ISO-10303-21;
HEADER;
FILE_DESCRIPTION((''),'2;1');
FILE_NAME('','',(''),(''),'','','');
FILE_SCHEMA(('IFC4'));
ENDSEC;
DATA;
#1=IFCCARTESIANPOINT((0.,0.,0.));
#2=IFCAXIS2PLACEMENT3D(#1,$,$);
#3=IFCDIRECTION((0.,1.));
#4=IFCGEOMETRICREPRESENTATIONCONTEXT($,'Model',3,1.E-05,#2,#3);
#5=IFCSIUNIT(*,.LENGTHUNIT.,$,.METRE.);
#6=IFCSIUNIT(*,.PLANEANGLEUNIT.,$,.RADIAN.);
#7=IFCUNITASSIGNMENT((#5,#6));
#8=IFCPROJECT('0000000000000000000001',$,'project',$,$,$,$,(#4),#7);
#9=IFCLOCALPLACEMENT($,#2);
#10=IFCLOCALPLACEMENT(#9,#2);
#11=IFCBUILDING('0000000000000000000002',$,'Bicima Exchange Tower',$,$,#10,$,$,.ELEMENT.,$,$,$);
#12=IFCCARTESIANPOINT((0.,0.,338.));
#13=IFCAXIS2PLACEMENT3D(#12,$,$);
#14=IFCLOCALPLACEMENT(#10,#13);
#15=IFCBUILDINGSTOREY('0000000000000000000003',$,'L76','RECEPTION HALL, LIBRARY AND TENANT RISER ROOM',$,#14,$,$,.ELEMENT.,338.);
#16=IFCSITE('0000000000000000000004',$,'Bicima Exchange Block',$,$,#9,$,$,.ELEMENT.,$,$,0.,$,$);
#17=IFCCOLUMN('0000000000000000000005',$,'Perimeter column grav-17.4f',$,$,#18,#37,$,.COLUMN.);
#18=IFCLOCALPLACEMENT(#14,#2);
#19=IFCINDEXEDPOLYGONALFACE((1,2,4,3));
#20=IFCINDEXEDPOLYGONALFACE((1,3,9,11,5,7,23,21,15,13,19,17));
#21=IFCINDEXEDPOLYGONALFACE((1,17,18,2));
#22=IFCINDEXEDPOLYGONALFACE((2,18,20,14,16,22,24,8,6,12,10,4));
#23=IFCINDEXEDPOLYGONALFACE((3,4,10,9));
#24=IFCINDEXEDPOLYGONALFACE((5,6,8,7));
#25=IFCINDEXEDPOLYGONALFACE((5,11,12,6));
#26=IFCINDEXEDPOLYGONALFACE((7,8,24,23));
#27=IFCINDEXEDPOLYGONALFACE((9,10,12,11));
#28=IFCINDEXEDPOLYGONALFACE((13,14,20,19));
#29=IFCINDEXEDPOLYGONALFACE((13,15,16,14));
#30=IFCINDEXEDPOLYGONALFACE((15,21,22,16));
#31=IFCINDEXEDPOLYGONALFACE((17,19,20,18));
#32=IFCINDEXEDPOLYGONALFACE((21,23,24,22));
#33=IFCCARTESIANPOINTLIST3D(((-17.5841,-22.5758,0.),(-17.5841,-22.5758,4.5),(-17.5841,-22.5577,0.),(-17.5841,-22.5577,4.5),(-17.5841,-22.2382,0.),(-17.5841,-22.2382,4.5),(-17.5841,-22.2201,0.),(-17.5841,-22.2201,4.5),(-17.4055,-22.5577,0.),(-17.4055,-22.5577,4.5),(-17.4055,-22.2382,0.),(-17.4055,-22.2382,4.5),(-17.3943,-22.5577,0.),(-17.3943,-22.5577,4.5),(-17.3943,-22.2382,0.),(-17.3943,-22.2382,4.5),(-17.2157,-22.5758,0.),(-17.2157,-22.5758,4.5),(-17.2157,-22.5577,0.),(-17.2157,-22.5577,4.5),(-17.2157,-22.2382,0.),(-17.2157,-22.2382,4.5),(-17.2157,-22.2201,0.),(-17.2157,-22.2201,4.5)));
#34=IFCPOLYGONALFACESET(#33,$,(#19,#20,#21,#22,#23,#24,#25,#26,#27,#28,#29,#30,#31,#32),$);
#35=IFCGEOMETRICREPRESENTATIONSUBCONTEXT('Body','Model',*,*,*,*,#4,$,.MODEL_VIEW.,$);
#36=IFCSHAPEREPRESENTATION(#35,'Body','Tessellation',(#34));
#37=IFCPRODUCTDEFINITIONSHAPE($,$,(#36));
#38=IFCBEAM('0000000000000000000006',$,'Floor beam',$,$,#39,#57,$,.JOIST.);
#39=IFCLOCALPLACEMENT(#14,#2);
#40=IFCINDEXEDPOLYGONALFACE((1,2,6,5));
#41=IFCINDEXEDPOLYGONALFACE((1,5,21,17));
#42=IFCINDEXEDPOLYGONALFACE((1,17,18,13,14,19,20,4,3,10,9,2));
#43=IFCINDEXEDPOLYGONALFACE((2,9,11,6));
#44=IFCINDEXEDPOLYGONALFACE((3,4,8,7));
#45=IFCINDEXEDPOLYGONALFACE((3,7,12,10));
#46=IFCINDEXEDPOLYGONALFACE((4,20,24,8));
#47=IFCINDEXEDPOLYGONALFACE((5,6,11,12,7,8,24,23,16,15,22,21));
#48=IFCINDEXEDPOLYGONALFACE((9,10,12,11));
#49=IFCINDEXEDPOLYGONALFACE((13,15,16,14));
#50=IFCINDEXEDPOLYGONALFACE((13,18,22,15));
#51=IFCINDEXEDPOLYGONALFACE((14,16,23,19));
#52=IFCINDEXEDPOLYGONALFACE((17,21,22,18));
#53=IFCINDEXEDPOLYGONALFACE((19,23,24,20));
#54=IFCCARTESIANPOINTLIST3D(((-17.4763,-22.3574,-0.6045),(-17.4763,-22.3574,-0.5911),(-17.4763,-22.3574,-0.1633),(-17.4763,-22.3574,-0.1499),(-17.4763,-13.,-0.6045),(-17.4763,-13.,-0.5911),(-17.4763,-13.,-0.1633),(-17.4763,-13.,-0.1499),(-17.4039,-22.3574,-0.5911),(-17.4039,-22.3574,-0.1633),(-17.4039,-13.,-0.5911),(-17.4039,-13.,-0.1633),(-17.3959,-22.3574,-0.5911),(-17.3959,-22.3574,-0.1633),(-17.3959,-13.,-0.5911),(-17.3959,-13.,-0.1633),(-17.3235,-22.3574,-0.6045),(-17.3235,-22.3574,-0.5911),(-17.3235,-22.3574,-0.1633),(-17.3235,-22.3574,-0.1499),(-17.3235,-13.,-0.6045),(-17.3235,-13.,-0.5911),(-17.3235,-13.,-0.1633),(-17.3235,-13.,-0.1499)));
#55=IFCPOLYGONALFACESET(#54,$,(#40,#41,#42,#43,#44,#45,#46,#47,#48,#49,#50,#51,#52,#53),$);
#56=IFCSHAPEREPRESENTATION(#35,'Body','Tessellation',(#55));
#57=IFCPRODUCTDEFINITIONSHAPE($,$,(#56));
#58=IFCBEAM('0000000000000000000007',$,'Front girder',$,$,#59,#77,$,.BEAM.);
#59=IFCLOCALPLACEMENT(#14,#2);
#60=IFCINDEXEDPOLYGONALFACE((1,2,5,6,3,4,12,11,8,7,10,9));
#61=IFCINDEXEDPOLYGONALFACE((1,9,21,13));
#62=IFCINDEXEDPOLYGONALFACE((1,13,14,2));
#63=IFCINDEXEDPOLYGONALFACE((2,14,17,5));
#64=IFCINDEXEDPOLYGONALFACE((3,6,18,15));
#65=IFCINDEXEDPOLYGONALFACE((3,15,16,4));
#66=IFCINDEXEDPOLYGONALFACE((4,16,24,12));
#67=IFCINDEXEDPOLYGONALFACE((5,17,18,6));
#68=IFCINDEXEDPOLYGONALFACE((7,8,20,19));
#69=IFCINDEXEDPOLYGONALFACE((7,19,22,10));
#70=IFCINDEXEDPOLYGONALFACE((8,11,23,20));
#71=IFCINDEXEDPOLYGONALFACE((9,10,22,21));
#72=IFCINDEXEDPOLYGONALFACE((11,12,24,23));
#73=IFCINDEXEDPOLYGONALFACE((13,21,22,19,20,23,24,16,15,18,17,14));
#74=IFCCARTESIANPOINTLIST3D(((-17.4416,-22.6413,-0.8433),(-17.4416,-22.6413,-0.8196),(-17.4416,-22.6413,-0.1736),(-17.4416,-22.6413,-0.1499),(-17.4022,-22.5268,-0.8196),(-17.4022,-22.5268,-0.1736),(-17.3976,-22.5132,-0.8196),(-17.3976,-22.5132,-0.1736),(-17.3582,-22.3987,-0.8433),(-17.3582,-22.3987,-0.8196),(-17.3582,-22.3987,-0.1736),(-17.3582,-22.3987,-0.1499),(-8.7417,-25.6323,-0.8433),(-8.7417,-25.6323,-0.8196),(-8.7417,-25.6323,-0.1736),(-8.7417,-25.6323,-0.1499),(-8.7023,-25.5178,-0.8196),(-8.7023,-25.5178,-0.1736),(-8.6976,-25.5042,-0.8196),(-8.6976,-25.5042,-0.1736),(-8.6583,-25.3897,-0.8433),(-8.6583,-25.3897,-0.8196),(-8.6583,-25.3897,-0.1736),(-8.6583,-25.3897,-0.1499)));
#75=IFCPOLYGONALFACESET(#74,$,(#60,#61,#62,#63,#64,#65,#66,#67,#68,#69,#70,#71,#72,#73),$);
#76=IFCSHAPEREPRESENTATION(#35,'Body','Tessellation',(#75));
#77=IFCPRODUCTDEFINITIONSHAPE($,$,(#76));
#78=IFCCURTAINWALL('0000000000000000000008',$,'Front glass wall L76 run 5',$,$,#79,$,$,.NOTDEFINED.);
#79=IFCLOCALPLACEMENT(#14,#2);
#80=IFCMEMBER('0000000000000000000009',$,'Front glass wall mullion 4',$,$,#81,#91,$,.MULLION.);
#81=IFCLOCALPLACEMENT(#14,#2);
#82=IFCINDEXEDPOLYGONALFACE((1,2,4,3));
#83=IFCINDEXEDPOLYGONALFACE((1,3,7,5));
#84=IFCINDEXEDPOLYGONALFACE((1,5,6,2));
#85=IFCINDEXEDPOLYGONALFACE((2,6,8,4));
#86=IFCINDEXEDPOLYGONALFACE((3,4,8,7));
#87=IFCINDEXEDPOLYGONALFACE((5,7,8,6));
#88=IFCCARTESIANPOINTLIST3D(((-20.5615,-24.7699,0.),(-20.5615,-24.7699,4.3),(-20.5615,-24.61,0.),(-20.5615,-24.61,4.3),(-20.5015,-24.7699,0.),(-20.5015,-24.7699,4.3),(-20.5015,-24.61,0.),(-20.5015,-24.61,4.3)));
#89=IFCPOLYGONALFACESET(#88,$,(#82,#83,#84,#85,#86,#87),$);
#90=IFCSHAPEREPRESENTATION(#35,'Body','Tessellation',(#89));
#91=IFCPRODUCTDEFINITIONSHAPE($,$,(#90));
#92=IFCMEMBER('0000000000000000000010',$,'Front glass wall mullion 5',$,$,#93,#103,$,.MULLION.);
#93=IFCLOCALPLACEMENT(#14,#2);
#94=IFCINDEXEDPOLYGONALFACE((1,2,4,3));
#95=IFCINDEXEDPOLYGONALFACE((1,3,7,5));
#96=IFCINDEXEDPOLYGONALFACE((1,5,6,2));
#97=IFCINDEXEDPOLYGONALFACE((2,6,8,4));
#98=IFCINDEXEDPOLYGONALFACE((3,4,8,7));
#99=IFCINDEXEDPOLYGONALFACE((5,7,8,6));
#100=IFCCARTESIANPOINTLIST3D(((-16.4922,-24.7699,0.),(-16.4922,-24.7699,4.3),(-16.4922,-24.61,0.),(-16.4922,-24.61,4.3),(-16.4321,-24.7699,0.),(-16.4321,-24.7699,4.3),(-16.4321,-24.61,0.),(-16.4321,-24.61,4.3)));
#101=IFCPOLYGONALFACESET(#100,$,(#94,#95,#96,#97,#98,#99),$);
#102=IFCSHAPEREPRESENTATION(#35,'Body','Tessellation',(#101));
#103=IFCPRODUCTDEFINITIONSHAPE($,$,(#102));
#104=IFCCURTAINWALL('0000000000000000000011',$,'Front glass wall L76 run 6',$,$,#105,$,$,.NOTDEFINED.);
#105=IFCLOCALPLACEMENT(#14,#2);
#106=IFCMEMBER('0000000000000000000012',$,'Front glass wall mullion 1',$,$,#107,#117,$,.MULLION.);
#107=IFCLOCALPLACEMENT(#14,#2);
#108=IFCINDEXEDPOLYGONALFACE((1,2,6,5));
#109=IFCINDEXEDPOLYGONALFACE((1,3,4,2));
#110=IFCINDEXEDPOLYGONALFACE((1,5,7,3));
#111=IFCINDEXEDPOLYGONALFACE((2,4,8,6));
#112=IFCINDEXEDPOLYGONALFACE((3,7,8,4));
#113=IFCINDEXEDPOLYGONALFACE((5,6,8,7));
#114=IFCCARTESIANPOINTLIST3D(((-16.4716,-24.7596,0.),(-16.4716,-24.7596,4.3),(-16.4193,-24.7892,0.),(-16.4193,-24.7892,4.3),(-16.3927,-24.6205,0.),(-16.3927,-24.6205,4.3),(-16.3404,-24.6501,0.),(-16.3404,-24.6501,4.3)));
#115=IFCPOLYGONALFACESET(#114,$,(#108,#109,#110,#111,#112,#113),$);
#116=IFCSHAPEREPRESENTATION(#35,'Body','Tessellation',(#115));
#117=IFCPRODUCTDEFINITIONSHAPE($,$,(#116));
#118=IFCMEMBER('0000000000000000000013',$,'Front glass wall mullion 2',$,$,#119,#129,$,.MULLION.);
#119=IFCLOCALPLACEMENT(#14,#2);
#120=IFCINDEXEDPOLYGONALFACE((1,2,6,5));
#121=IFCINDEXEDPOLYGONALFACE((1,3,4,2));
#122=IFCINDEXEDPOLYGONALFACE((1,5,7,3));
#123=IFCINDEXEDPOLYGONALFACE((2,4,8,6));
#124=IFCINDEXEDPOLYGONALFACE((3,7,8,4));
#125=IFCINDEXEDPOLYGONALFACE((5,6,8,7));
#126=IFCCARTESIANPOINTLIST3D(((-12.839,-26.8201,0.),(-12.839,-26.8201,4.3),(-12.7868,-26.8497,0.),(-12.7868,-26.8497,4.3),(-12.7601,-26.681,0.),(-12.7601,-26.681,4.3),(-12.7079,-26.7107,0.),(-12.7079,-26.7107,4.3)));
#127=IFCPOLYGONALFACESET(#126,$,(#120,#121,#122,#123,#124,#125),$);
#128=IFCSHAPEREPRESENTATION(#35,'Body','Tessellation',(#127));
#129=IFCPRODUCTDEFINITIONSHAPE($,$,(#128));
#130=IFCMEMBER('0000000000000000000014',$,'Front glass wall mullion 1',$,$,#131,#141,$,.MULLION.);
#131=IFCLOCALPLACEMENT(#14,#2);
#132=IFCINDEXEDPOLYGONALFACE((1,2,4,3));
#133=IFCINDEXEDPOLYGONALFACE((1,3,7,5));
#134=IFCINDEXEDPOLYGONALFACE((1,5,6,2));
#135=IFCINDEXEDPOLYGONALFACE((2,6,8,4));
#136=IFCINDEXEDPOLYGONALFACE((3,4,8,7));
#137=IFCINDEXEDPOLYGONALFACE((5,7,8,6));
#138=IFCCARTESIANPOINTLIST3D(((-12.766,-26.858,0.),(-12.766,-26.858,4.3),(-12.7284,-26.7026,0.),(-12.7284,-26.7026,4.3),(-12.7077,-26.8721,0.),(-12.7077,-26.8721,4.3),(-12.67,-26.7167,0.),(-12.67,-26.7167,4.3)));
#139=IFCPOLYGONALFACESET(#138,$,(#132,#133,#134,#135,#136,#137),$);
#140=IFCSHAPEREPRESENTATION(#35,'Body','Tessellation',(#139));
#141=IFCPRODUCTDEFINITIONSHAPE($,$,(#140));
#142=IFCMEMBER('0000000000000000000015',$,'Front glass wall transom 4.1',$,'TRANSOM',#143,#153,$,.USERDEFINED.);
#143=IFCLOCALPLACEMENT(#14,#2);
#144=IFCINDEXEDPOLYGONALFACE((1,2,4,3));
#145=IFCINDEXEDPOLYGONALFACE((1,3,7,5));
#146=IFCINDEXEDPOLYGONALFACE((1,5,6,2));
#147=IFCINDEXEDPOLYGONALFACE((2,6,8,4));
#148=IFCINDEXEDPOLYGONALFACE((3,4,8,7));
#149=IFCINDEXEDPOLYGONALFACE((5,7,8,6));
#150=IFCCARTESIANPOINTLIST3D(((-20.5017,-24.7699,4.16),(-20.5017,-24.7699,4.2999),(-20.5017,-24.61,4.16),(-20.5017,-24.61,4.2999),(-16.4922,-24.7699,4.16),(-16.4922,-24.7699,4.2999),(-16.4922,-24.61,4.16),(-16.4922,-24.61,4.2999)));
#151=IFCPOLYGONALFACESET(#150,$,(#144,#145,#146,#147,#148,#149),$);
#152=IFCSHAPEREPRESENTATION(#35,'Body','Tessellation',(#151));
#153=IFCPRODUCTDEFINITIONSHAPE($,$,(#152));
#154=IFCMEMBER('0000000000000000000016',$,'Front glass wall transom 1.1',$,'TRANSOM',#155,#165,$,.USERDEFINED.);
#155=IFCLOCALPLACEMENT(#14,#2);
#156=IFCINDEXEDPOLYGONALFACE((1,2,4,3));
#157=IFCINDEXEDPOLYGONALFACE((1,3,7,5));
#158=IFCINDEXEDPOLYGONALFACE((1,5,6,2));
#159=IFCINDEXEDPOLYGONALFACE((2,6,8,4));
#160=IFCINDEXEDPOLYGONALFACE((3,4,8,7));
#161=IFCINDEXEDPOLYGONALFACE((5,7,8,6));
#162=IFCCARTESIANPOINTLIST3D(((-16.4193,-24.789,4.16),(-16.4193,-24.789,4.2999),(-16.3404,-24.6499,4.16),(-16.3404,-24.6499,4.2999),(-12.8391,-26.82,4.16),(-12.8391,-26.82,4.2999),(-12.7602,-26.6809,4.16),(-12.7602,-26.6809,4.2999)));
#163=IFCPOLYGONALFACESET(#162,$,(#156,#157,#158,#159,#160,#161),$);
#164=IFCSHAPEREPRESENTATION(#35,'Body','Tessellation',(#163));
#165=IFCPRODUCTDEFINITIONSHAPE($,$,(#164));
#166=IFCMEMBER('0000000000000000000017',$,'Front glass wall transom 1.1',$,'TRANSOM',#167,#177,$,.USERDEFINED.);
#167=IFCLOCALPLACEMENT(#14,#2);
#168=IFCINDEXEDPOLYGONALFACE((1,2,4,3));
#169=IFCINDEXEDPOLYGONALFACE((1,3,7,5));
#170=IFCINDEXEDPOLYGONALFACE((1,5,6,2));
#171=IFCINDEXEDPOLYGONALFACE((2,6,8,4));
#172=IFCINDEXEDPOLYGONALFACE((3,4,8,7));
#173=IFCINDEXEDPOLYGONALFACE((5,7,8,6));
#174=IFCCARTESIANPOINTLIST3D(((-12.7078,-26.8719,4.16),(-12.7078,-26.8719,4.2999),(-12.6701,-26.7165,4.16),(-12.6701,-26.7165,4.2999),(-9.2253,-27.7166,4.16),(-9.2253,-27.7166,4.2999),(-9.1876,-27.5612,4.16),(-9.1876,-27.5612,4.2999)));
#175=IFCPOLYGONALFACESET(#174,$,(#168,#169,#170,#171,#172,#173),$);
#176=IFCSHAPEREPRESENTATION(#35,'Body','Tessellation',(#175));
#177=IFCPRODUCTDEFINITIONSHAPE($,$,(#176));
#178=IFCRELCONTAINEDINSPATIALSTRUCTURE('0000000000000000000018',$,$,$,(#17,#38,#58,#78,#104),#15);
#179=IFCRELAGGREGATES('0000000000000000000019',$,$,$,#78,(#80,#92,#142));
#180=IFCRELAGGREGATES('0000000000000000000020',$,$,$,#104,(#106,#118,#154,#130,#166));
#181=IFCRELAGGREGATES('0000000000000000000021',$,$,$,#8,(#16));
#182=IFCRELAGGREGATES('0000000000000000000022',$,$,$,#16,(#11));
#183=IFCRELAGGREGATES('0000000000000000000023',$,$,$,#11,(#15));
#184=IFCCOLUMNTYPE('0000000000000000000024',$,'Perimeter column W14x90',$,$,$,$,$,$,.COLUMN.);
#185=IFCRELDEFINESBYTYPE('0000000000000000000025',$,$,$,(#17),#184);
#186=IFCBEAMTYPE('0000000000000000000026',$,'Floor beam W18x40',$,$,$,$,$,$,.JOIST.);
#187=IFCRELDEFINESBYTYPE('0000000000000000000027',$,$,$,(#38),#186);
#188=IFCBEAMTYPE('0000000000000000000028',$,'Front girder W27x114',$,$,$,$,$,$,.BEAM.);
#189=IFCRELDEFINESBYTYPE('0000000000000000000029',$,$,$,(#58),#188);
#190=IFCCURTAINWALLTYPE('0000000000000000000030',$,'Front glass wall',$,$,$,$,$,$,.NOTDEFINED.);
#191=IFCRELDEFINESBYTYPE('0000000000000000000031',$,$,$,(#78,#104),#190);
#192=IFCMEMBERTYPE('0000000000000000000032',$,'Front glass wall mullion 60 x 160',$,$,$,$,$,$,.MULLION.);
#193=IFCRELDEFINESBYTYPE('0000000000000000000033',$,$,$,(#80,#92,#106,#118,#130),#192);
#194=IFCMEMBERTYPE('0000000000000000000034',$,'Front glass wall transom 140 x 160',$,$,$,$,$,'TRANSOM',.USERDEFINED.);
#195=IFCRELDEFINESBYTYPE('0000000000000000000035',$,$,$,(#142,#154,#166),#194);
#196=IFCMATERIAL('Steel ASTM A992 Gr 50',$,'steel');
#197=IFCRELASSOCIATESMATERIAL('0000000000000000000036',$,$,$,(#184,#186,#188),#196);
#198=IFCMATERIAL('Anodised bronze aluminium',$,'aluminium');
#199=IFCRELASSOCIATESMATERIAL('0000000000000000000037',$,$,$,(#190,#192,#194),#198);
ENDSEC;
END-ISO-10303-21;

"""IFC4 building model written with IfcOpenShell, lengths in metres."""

from ifc_helpers import new_model, si_unit, direction, frame, origin, origin_2d, place, context, subcontext, project, spatial, rectangle, i_section, extrude, material, material_profile, profile_set, type_object, element, aggregate, save


model = new_model("IFC4")

# Units and contexts
model_context = context("Model", 3, precision=1e-05, world=origin(), true_north=direction((0.0, 1.0)))
body_context = subcontext(model_context, "Body", "Model", "MODEL_VIEW")
ifc_project = project(units=[si_unit("LENGTHUNIT", "METRE"), si_unit("PLANEANGLEUNIT", "RADIAN")], contexts=[model_context])

# Site, building, storey
site_placement = place(None, origin())
site = spatial("IfcSite", under=ifc_project, at=site_placement, Name="Bicima Exchange Block", CompositionType="ELEMENT", RefElevation=0.0)
building_placement = place(site_placement, origin())
building = spatial("IfcBuilding", under=site, at=building_placement, Name="Bicima Exchange Tower", CompositionType="ELEMENT")
storey_placement = place(building_placement, frame((0.0, 0.0, 338.0)))
storey = spatial("IfcBuildingStorey", under=building, at=storey_placement, Name="L76", Description="RECEPTION HALL, LIBRARY AND TENANT RISER ROOM", CompositionType="ELEMENT", Elevation=338.0)

# Column
ifc_material_1 = material(Name="Steel ASTM A992 Gr 50", Category="steel")
ifc_material_profile_1 = material_profile(ifc_material_1, i_section(OverallWidth=0.3684, OverallDepth=0.3557, WebThickness=0.0112, FlangeThickness=0.0181, at=origin_2d()))
ifc_profile_set_1 = profile_set([ifc_material_profile_1], Name="Steel ASTM A992 Gr 50")
column_type = type_object("IfcColumnType", Name="Perimeter column W14x90", PredefinedType="COLUMN", material=ifc_profile_set_1)
column_placement = place(storey_placement, frame((-17.3999, -22.3979, 0.0), z_axis=(0.0, 0.0, 1.0), x_axis=(1.0, 0.0, 0.0)))
element("IfcColumn", 1, at=column_placement, inside=storey, type_object=column_type, Name="Perimeter column grav-17.4f", PredefinedType="COLUMN", context=body_context, shape_type="SweptSolid", body=[
    extrude(i_section(OverallWidth=0.3684, OverallDepth=0.3557, WebThickness=0.0112, FlangeThickness=0.0181, at=origin_2d()), origin(), (0.0, 0.0, 1.0), 4.5),
])

# Beams
ifc_material_profile_2 = material_profile(ifc_material_1, i_section(OverallWidth=0.1528, OverallDepth=0.4546, WebThickness=0.0081, FlangeThickness=0.0134, at=origin_2d()))
ifc_profile_set_2 = profile_set([ifc_material_profile_2], Name="Steel ASTM A992 Gr 50")
beam_type_1 = type_object("IfcBeamType", Name="Floor beam W18x40", PredefinedType="JOIST", material=ifc_profile_set_2)
beam_1_placement = place(storey_placement, frame((-17.3999, -13.0, -0.3772), z_axis=(0.0, -1.0, 0.0), x_axis=(1.0, 0.0, 0.0)))
element("IfcBeam", 2, at=beam_1_placement, inside=storey, type_object=beam_type_1, Name="Floor beam", PredefinedType="JOIST", context=body_context, shape_type="SweptSolid", body=[
    extrude(i_section(OverallWidth=0.1528, OverallDepth=0.4546, WebThickness=0.0081, FlangeThickness=0.0134, at=origin_2d()), origin(), (0.0, 0.0, 1.0), 9.3574),
])
ifc_material_profile_3 = material_profile(ifc_material_1, i_section(OverallWidth=0.2566, OverallDepth=0.6934, WebThickness=0.0144, FlangeThickness=0.0237, at=origin_2d()))
ifc_profile_set_3 = profile_set([ifc_material_profile_3], Name="Steel ASTM A992 Gr 50")
beam_type_2 = type_object("IfcBeamType", Name="Front girder W27x114", PredefinedType="BEAM", material=ifc_profile_set_3)
beam_2_placement = place(storey_placement, frame((-17.3999, -22.52, -0.4966), z_axis=(0.945675, -0.325115, 0.0), x_axis=(0.325115, 0.945675, 0.0)))
element("IfcBeam", 3, at=beam_2_placement, inside=storey, type_object=beam_type_2, Name="Front girder", PredefinedType="BEAM", context=body_context, shape_type="SweptSolid", body=[
    extrude(i_section(OverallWidth=0.2566, OverallDepth=0.6934, WebThickness=0.0144, FlangeThickness=0.0237, at=origin_2d()), origin(), (0.0, 0.0, 1.0), 9.1997),
])

# Curtain walls, members
ifc_material_2 = material(Name="Anodised bronze aluminium", Category="aluminium")
curtain_wall_type = type_object("IfcCurtainWallType", Name="Front glass wall", PredefinedType="NOTDEFINED", material=ifc_material_2)
curtain_wall_1_placement = place(storey_placement, origin())
curtain_wall_1 = element("IfcCurtainWall", 4, at=curtain_wall_1_placement, inside=storey, type_object=curtain_wall_type, Name="Front glass wall L76 run 5", PredefinedType="NOTDEFINED")
ifc_material_profile_4 = material_profile(ifc_material_2, rectangle(XDim=0.1599, YDim=0.0601, at=origin_2d()))
ifc_profile_set_4 = profile_set([ifc_material_profile_4], Name="Anodised bronze aluminium")
member_type_1 = type_object("IfcMemberType", Name="Front glass wall mullion 60 x 160", PredefinedType="MULLION", material=ifc_profile_set_4)
member_1_placement = place(storey_placement, frame((-20.5315, -24.6899, 0.0), z_axis=(0.0, 0.0, 1.0), x_axis=(0.0, 1.0, 0.0)))
member_1 = element("IfcMember", 5, at=member_1_placement, type_object=member_type_1, Name="Front glass wall mullion 4", PredefinedType="MULLION", context=body_context, shape_type="SweptSolid", body=[
    extrude(rectangle(XDim=0.1599, YDim=0.0601, at=origin_2d()), origin(), (0.0, 0.0, 1.0), 4.3),
])
member_2_placement = place(storey_placement, frame((-16.4622, -24.6899, 0.0), z_axis=(0.0, 0.0, 1.0), x_axis=(0.0, 1.0, 0.0)))
member_2 = element("IfcMember", 6, at=member_2_placement, type_object=member_type_1, Name="Front glass wall mullion 5", PredefinedType="MULLION", context=body_context, shape_type="SweptSolid", body=[
    extrude(rectangle(XDim=0.1599, YDim=0.0601, at=origin_2d()), origin(), (0.0, 0.0, 1.0), 4.3),
])
curtain_wall_2_placement = place(storey_placement, origin())
curtain_wall_2 = element("IfcCurtainWall", 7, at=curtain_wall_2_placement, inside=storey, type_object=curtain_wall_type, Name="Front glass wall L76 run 6", PredefinedType="NOTDEFINED")
member_3_placement = place(storey_placement, frame((-16.406, -24.7048, 0.0), z_axis=(0.0, 0.0, 1.0), x_axis=(0.493395, 0.869805, 0.0)))
member_3 = element("IfcMember", 8, at=member_3_placement, type_object=member_type_1, Name="Front glass wall mullion 1", PredefinedType="MULLION", context=body_context, shape_type="SweptSolid", body=[
    extrude(rectangle(XDim=0.1599, YDim=0.0601, at=origin_2d()), origin(), (0.0, 0.0, 1.0), 4.3),
])
member_4_placement = place(storey_placement, frame((-12.7734, -26.7654, 0.0), z_axis=(0.0, 0.0, 1.0), x_axis=(0.493395, 0.869805, 0.0)))
member_4 = element("IfcMember", 9, at=member_4_placement, type_object=member_type_1, Name="Front glass wall mullion 2", PredefinedType="MULLION", context=body_context, shape_type="SweptSolid", body=[
    extrude(rectangle(XDim=0.1599, YDim=0.0601, at=origin_2d()), origin(), (0.0, 0.0, 1.0), 4.3),
])
member_5_placement = place(storey_placement, frame((-12.718, -26.7874, 0.0), z_axis=(0.0, 0.0, 1.0), x_axis=(0.235682, 0.97183, 0.0)))
member_5 = element("IfcMember", 10, at=member_5_placement, type_object=member_type_1, Name="Front glass wall mullion 1", PredefinedType="MULLION", context=body_context, shape_type="SweptSolid", body=[
    extrude(rectangle(XDim=0.1599, YDim=0.0601, at=origin_2d()), origin(), (0.0, 0.0, 1.0), 4.3),
])

# Members
ifc_material_profile_5 = material_profile(ifc_material_2, rectangle(XDim=0.1599, YDim=0.1399, at=origin_2d()))
ifc_profile_set_5 = profile_set([ifc_material_profile_5], Name="Anodised bronze aluminium")
member_type_2 = type_object("IfcMemberType", Name="Front glass wall transom 140 x 160", ElementType="TRANSOM", PredefinedType="USERDEFINED", material=ifc_profile_set_5)
member_6_placement = place(storey_placement, frame((-20.5017, -24.6899, 4.23), z_axis=(1.0, 0.0, 0.0), x_axis=(0.0, 1.0, 0.0)))
member_6 = element("IfcMember", 11, at=member_6_placement, type_object=member_type_2, Name="Front glass wall transom 4.1", ObjectType="TRANSOM", PredefinedType="USERDEFINED", context=body_context, shape_type="SweptSolid", body=[
    extrude(rectangle(XDim=0.1599, YDim=0.1399, at=origin_2d()), origin(), (0.0, 0.0, 1.0), 4.0095),
])
member_7_placement = place(storey_placement, frame((-16.3799, -24.7195, 4.23), z_axis=(0.869797, -0.493409, 0.0), x_axis=(0.493409, 0.869797, 0.0)))
member_7 = element("IfcMember", 12, at=member_7_placement, type_object=member_type_2, Name="Front glass wall transom 1.1", ObjectType="TRANSOM", PredefinedType="USERDEFINED", context=body_context, shape_type="SweptSolid", body=[
    extrude(rectangle(XDim=0.1599, YDim=0.1399, at=origin_2d()), origin(), (0.0, 0.0, 1.0), 4.1162),
])
member_8_placement = place(storey_placement, frame((-12.689, -26.7942, 4.23), z_axis=(0.971818, -0.235733, 0.0), x_axis=(0.235733, 0.971818, 0.0)))
member_8 = element("IfcMember", 13, at=member_8_placement, type_object=member_type_2, Name="Front glass wall transom 1.1", ObjectType="TRANSOM", PredefinedType="USERDEFINED", context=body_context, shape_type="SweptSolid", body=[
    extrude(rectangle(XDim=0.1599, YDim=0.1399, at=origin_2d()), origin(), (0.0, 0.0, 1.0), 3.5835),
])

aggregate(curtain_wall_1, [member_1, member_2, member_6])
aggregate(curtain_wall_2, [member_3, member_4, member_7, member_5, member_8])

save(model, "model.ifc")
